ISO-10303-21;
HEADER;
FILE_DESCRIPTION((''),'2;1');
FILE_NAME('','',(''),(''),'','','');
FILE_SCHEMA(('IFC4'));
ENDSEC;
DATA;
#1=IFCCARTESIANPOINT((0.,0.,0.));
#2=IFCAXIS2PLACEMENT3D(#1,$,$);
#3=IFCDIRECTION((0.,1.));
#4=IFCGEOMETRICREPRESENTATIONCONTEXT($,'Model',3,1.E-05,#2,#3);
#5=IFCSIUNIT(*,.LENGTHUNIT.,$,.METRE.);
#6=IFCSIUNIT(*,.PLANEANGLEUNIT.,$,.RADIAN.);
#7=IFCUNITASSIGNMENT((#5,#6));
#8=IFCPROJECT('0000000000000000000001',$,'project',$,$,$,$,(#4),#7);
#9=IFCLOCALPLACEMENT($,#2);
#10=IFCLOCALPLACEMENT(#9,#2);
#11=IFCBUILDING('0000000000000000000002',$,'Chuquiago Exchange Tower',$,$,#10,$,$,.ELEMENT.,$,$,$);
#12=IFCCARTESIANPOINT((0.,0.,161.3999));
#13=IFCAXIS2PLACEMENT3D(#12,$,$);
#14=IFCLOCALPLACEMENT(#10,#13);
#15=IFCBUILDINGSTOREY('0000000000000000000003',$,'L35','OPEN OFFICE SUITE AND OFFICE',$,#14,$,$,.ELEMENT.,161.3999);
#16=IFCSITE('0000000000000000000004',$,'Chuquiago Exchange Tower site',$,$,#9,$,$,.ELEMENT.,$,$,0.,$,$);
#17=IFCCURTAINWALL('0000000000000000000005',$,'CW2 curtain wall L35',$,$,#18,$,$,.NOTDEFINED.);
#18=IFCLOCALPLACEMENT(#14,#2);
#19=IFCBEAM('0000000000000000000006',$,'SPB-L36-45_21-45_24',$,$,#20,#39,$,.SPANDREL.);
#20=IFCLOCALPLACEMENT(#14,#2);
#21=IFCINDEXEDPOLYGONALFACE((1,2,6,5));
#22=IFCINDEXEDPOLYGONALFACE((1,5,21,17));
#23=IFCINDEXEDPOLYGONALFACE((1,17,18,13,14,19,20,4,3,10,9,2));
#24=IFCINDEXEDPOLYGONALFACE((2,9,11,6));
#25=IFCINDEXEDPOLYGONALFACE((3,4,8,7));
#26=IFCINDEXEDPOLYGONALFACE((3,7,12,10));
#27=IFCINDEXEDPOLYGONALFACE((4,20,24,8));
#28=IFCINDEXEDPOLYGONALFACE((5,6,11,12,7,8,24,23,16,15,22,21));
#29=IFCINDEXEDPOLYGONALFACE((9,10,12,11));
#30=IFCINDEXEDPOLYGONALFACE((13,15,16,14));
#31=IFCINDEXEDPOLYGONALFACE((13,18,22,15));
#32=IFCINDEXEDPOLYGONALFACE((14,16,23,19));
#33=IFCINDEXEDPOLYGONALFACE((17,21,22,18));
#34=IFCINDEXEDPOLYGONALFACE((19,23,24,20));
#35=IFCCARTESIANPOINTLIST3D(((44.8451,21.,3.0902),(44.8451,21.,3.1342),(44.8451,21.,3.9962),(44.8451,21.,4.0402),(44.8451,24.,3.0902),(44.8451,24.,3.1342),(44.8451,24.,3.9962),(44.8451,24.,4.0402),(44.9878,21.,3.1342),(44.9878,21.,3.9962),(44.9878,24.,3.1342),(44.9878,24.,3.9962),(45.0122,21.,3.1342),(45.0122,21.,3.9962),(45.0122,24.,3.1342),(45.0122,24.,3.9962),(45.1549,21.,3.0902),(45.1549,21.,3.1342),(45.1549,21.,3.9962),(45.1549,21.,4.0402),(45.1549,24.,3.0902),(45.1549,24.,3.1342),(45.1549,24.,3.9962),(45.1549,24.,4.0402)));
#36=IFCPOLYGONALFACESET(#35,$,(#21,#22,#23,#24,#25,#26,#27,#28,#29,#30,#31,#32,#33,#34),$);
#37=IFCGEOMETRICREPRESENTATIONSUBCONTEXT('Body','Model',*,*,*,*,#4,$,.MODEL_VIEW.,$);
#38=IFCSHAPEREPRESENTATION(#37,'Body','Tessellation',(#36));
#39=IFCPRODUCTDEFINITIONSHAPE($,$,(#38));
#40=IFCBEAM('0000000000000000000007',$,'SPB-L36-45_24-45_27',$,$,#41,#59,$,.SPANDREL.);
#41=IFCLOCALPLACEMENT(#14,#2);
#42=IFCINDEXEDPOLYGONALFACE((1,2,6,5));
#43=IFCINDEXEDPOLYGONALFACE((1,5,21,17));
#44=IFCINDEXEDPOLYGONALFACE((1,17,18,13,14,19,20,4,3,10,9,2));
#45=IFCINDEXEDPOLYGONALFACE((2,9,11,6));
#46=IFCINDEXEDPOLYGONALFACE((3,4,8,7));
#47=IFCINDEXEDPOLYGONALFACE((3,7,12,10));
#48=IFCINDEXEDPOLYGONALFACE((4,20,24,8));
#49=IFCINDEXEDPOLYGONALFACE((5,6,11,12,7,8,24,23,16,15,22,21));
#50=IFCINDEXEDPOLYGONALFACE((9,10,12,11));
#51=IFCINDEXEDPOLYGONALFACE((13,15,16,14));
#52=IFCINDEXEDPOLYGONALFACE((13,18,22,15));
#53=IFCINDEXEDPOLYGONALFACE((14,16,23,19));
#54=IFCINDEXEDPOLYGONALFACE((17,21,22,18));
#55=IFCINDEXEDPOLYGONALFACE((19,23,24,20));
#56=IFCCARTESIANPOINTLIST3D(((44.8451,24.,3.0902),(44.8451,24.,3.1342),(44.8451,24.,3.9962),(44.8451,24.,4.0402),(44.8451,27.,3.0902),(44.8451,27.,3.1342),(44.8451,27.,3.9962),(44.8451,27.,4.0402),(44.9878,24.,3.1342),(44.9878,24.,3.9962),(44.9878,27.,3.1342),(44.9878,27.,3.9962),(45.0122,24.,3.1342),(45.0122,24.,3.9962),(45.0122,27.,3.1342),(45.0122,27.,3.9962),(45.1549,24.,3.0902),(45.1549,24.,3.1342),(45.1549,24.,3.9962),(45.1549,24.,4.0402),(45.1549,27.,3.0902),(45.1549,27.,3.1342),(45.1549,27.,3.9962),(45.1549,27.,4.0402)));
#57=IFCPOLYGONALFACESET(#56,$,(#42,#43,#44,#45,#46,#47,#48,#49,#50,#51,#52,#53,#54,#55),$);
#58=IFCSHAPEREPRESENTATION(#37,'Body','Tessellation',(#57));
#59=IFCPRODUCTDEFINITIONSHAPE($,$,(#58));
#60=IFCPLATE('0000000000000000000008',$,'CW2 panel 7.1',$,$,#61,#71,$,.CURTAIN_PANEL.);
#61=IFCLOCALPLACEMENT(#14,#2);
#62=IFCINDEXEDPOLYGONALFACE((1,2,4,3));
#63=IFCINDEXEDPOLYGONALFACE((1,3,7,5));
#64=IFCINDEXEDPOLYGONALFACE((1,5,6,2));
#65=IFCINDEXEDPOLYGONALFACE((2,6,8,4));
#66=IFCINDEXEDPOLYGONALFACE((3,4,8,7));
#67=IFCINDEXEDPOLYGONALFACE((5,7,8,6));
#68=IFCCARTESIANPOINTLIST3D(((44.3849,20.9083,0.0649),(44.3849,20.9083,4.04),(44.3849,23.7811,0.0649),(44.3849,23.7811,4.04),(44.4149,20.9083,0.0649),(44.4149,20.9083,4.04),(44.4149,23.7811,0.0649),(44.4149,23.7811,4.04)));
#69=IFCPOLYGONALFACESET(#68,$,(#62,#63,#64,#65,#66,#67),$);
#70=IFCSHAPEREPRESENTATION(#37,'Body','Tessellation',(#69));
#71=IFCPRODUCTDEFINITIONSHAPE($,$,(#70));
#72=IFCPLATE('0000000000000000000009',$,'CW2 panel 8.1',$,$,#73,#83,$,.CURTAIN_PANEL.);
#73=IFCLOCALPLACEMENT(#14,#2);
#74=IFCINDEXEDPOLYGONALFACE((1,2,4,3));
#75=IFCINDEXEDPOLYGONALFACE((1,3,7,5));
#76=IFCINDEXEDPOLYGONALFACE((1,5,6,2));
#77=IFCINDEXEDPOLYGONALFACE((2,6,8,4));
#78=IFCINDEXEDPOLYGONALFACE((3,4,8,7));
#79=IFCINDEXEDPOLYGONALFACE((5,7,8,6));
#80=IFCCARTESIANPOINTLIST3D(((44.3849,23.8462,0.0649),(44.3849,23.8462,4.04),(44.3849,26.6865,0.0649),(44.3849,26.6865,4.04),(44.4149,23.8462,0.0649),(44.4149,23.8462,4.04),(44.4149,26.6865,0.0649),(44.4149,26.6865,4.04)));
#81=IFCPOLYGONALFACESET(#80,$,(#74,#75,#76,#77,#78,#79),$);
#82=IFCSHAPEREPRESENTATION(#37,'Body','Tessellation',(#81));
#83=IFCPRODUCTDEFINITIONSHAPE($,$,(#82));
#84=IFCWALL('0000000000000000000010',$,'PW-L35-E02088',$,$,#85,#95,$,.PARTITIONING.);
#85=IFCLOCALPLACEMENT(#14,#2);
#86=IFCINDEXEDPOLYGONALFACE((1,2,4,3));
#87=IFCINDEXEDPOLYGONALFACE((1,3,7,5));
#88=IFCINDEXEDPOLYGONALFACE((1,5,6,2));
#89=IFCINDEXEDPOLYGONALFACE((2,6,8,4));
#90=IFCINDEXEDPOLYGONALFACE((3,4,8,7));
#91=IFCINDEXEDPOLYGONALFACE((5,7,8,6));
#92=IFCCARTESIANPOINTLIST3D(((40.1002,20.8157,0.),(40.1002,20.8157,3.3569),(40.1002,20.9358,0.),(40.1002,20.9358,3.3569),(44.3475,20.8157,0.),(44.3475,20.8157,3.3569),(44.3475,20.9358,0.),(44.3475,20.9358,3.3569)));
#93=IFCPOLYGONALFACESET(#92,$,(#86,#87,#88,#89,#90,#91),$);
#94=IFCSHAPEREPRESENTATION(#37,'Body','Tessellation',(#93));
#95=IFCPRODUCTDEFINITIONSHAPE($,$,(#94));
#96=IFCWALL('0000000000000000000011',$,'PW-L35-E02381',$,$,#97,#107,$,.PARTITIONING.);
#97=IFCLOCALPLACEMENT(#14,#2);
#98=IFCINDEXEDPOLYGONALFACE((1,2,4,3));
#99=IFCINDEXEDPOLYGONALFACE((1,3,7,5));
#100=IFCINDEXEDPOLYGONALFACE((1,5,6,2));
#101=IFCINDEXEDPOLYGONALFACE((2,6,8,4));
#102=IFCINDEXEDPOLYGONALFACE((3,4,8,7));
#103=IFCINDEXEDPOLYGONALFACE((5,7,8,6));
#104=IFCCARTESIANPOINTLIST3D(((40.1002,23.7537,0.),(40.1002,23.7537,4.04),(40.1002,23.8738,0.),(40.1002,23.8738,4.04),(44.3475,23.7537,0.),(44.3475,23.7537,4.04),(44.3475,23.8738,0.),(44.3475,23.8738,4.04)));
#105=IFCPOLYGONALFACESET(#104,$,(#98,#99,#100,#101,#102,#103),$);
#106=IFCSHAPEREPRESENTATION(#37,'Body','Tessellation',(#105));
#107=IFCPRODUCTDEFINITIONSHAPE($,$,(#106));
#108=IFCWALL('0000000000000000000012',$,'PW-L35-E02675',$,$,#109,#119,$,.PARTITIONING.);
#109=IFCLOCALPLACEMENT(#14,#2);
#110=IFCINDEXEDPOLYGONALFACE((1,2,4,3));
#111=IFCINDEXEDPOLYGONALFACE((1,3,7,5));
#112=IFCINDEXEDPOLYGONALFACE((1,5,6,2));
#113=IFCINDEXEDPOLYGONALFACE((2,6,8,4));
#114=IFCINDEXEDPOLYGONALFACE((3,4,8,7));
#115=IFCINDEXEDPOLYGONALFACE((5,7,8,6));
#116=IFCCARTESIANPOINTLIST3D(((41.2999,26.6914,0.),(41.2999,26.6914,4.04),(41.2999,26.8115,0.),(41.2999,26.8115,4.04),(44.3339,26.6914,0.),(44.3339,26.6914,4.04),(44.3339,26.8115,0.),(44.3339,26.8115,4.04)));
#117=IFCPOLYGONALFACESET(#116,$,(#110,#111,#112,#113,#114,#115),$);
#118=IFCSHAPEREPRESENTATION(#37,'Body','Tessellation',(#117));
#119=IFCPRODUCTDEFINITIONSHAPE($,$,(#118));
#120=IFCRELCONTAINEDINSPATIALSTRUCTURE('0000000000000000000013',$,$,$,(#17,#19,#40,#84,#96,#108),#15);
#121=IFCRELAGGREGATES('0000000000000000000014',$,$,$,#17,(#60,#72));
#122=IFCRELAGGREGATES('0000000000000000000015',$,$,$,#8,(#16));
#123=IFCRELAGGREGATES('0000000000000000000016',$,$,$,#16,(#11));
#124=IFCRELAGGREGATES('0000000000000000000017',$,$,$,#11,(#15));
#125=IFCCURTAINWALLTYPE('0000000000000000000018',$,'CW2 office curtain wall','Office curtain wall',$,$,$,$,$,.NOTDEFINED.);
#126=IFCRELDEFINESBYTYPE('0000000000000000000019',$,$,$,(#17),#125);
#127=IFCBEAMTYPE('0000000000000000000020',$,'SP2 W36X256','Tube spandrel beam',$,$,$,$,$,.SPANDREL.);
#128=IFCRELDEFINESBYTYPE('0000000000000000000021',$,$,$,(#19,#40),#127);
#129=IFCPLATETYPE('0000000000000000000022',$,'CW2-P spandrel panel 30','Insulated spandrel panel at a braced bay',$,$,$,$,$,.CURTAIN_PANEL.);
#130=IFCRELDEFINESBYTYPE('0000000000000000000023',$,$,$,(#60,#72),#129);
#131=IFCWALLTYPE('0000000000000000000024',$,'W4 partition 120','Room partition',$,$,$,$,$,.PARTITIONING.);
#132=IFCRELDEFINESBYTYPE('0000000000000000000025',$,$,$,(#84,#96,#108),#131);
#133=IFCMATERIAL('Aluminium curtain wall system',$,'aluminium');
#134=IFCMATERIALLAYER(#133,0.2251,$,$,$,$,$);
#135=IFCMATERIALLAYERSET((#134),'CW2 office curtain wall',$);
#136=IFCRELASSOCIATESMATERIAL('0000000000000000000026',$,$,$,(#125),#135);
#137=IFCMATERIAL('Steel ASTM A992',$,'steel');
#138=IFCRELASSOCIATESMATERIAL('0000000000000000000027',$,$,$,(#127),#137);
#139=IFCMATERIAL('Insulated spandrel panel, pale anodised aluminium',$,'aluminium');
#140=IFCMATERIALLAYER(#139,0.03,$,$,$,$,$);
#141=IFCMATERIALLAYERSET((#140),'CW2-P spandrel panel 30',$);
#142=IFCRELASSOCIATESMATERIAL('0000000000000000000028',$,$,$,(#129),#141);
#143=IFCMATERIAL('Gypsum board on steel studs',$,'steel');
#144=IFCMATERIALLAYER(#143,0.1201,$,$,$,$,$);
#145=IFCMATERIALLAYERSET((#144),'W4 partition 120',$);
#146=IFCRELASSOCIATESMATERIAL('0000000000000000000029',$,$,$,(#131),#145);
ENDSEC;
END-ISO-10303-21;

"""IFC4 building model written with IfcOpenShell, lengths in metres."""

from ifc_helpers import new_model, si_unit, direction, frame, frame_2d, origin, origin_2d, place, context, subcontext, project, spatial, rectangle, i_section, extrude, material, layer, layer_set, material_profile, profile_set, type_object, element, aggregate, save


model = new_model("IFC4")

# Units and contexts
model_context = context("Model", 3, precision=1e-05, world=origin(), true_north=direction((0.0, 1.0)))
body_context = subcontext(model_context, "Body", "Model", "MODEL_VIEW")
ifc_project = project(units=[si_unit("LENGTHUNIT", "METRE"), si_unit("PLANEANGLEUNIT", "RADIAN")], contexts=[model_context])

# Site, building, storey
site_placement = place(None, origin())
site = spatial("IfcSite", under=ifc_project, at=site_placement, Name="Chuquiago Exchange Tower site", CompositionType="ELEMENT", RefElevation=0.0)
building_placement = place(site_placement, origin())
building = spatial("IfcBuilding", under=site, at=building_placement, Name="Chuquiago Exchange Tower", CompositionType="ELEMENT")
storey_placement = place(building_placement, frame((0.0, 0.0, 161.3999)))
storey = spatial("IfcBuildingStorey", under=building, at=storey_placement, Name="L35", Description="OPEN OFFICE SUITE AND OFFICE", CompositionType="ELEMENT", Elevation=161.3999)

# Curtain wall
ifc_material_1 = material(Name="Aluminium curtain wall system", Category="aluminium")
ifc_layer_1 = layer(ifc_material_1, 0.2251)
ifc_layer_set_1 = layer_set([ifc_layer_1], Name="CW2 office curtain wall")
curtain_wall_type_1 = type_object("IfcCurtainWallType", Name="CW2 office curtain wall", Description="Office curtain wall", PredefinedType="NOTDEFINED", material=ifc_layer_set_1)
curtain_wall_1_placement = place(storey_placement, origin())
curtain_wall_1 = element("IfcCurtainWall", 1, at=curtain_wall_1_placement, inside=storey, type_object=curtain_wall_type_1, Name="CW2 curtain wall L35", PredefinedType="NOTDEFINED")

# Beams
ifc_material_2 = material(Name="Steel ASTM A992", Category="steel")
ifc_material_profile_1 = material_profile(ifc_material_2, i_section(OverallWidth=0.3098, OverallDepth=0.95, WebThickness=0.0244, FlangeThickness=0.0439, at=origin_2d()), Name="W36X256")
ifc_profile_set_1 = profile_set([ifc_material_profile_1], Name="Steel ASTM A992")
beam_type = type_object("IfcBeamType", Name="SP2 W36X256", Description="Tube spandrel beam", PredefinedType="SPANDREL", material=ifc_profile_set_1)
for number, where, z_axis, x_axis, name in (
    (2, (45.0, 21.0, 3.5652), (0.0, 1.0, 0.0), (-1.0, 0.0, 0.0), "SPB-L36-45_21-45_24"),
    (3, (45.0, 24.0, 3.5652), (0.0, 1.0, 0.0), (-1.0, 0.0, 0.0), "SPB-L36-45_24-45_27"),
):
    element("IfcBeam", number, at=place(storey_placement, frame(where, z_axis=z_axis, x_axis=x_axis)), inside=storey, type_object=beam_type, Name=name, PredefinedType="SPANDREL", context=body_context, shape_type="SweptSolid", body=[
        extrude(i_section(OverallWidth=0.3098, OverallDepth=0.95, WebThickness=0.0244, FlangeThickness=0.0439, at=origin_2d()), origin(), (0.0, 0.0, 1.0), 3.0),
    ])

# Plates
ifc_material_3 = material(Name="Insulated spandrel panel, pale anodised aluminium", Category="aluminium")
ifc_layer_2 = layer(ifc_material_3, 0.03)
ifc_layer_set_2 = layer_set([ifc_layer_2], Name="CW2-P spandrel panel 30")
plate_type = type_object("IfcPlateType", Name="CW2-P spandrel panel 30", Description="Insulated spandrel panel at a braced bay", PredefinedType="CURTAIN_PANEL", material=ifc_layer_set_2)
plate_1_placement = place(storey_placement, frame((44.3999, 22.3447, 0.0649), z_axis=(0.0, 0.0, 1.0), x_axis=(0.0, 1.0, 0.0)))
plate_1 = element("IfcPlate", 4, at=plate_1_placement, type_object=plate_type, Name="CW2 panel 7.1", PredefinedType="CURTAIN_PANEL", context=body_context, shape_type="SweptSolid", body=[
    extrude(rectangle(XDim=2.8728, YDim=0.03, at=origin_2d()), origin(), (0.0, 0.0, 1.0), 3.9751),
])
plate_2_placement = place(storey_placement, frame((44.3999, 25.2664, 0.0649), z_axis=(0.0, 0.0, 1.0), x_axis=(0.0, 1.0, 0.0)))
plate_2 = element("IfcPlate", 5, at=plate_2_placement, type_object=plate_type, Name="CW2 panel 8.1", PredefinedType="CURTAIN_PANEL", context=body_context, shape_type="SweptSolid", body=[
    extrude(rectangle(XDim=2.8403, YDim=0.03, at=origin_2d()), origin(), (0.0, 0.0, 1.0), 3.9751),
])
aggregate(curtain_wall_1, [plate_1, plate_2])

# Walls
ifc_material_4 = material(Name="Gypsum board on steel studs", Category="steel")
ifc_layer_3 = layer(ifc_material_4, 0.1201)
ifc_layer_set_3 = layer_set([ifc_layer_3], Name="W4 partition 120")
wall_type = type_object("IfcWallType", Name="W4 partition 120", Description="Room partition", PredefinedType="PARTITIONING", material=ifc_layer_set_3)
wall_1_placement = place(storey_placement, frame((44.3474, 20.8757, 0.0), z_axis=(0.0, 0.0, 1.0), x_axis=(-1.0, 0.0, 0.0)))
element("IfcWall", 6, at=wall_1_placement, inside=storey, type_object=wall_type, Name="PW-L35-E02088", PredefinedType="PARTITIONING", context=body_context, shape_type="SweptSolid", body=[
    extrude(rectangle(XDim=4.2473, YDim=0.1201, at=frame_2d((2.1235, 0.0))), origin(), (0.0, 0.0, 1.0), 3.3569),
])
wall_2_placement = place(storey_placement, frame((44.3474, 23.8137, 0.0), z_axis=(0.0, 0.0, 1.0), x_axis=(-1.0, 0.0, 0.0)))
element("IfcWall", 7, at=wall_2_placement, inside=storey, type_object=wall_type, Name="PW-L35-E02381", PredefinedType="PARTITIONING", context=body_context, shape_type="SweptSolid", body=[
    extrude(rectangle(XDim=4.2473, YDim=0.1201, at=frame_2d((2.1235, 0.0))), origin(), (0.0, 0.0, 1.0), 4.04),
])
wall_3_placement = place(storey_placement, frame((44.334, 26.7515, 0.0), z_axis=(0.0, 0.0, 1.0), x_axis=(-1.0, 0.0, 0.0)))
element("IfcWall", 8, at=wall_3_placement, inside=storey, type_object=wall_type, Name="PW-L35-E02675", PredefinedType="PARTITIONING", context=body_context, shape_type="SweptSolid", body=[
    extrude(rectangle(XDim=3.0339, YDim=0.1201, at=frame_2d((1.5171, 0.0))), origin(), (0.0, 0.0, 1.0), 4.04),
])

save(model, "model.ifc")
